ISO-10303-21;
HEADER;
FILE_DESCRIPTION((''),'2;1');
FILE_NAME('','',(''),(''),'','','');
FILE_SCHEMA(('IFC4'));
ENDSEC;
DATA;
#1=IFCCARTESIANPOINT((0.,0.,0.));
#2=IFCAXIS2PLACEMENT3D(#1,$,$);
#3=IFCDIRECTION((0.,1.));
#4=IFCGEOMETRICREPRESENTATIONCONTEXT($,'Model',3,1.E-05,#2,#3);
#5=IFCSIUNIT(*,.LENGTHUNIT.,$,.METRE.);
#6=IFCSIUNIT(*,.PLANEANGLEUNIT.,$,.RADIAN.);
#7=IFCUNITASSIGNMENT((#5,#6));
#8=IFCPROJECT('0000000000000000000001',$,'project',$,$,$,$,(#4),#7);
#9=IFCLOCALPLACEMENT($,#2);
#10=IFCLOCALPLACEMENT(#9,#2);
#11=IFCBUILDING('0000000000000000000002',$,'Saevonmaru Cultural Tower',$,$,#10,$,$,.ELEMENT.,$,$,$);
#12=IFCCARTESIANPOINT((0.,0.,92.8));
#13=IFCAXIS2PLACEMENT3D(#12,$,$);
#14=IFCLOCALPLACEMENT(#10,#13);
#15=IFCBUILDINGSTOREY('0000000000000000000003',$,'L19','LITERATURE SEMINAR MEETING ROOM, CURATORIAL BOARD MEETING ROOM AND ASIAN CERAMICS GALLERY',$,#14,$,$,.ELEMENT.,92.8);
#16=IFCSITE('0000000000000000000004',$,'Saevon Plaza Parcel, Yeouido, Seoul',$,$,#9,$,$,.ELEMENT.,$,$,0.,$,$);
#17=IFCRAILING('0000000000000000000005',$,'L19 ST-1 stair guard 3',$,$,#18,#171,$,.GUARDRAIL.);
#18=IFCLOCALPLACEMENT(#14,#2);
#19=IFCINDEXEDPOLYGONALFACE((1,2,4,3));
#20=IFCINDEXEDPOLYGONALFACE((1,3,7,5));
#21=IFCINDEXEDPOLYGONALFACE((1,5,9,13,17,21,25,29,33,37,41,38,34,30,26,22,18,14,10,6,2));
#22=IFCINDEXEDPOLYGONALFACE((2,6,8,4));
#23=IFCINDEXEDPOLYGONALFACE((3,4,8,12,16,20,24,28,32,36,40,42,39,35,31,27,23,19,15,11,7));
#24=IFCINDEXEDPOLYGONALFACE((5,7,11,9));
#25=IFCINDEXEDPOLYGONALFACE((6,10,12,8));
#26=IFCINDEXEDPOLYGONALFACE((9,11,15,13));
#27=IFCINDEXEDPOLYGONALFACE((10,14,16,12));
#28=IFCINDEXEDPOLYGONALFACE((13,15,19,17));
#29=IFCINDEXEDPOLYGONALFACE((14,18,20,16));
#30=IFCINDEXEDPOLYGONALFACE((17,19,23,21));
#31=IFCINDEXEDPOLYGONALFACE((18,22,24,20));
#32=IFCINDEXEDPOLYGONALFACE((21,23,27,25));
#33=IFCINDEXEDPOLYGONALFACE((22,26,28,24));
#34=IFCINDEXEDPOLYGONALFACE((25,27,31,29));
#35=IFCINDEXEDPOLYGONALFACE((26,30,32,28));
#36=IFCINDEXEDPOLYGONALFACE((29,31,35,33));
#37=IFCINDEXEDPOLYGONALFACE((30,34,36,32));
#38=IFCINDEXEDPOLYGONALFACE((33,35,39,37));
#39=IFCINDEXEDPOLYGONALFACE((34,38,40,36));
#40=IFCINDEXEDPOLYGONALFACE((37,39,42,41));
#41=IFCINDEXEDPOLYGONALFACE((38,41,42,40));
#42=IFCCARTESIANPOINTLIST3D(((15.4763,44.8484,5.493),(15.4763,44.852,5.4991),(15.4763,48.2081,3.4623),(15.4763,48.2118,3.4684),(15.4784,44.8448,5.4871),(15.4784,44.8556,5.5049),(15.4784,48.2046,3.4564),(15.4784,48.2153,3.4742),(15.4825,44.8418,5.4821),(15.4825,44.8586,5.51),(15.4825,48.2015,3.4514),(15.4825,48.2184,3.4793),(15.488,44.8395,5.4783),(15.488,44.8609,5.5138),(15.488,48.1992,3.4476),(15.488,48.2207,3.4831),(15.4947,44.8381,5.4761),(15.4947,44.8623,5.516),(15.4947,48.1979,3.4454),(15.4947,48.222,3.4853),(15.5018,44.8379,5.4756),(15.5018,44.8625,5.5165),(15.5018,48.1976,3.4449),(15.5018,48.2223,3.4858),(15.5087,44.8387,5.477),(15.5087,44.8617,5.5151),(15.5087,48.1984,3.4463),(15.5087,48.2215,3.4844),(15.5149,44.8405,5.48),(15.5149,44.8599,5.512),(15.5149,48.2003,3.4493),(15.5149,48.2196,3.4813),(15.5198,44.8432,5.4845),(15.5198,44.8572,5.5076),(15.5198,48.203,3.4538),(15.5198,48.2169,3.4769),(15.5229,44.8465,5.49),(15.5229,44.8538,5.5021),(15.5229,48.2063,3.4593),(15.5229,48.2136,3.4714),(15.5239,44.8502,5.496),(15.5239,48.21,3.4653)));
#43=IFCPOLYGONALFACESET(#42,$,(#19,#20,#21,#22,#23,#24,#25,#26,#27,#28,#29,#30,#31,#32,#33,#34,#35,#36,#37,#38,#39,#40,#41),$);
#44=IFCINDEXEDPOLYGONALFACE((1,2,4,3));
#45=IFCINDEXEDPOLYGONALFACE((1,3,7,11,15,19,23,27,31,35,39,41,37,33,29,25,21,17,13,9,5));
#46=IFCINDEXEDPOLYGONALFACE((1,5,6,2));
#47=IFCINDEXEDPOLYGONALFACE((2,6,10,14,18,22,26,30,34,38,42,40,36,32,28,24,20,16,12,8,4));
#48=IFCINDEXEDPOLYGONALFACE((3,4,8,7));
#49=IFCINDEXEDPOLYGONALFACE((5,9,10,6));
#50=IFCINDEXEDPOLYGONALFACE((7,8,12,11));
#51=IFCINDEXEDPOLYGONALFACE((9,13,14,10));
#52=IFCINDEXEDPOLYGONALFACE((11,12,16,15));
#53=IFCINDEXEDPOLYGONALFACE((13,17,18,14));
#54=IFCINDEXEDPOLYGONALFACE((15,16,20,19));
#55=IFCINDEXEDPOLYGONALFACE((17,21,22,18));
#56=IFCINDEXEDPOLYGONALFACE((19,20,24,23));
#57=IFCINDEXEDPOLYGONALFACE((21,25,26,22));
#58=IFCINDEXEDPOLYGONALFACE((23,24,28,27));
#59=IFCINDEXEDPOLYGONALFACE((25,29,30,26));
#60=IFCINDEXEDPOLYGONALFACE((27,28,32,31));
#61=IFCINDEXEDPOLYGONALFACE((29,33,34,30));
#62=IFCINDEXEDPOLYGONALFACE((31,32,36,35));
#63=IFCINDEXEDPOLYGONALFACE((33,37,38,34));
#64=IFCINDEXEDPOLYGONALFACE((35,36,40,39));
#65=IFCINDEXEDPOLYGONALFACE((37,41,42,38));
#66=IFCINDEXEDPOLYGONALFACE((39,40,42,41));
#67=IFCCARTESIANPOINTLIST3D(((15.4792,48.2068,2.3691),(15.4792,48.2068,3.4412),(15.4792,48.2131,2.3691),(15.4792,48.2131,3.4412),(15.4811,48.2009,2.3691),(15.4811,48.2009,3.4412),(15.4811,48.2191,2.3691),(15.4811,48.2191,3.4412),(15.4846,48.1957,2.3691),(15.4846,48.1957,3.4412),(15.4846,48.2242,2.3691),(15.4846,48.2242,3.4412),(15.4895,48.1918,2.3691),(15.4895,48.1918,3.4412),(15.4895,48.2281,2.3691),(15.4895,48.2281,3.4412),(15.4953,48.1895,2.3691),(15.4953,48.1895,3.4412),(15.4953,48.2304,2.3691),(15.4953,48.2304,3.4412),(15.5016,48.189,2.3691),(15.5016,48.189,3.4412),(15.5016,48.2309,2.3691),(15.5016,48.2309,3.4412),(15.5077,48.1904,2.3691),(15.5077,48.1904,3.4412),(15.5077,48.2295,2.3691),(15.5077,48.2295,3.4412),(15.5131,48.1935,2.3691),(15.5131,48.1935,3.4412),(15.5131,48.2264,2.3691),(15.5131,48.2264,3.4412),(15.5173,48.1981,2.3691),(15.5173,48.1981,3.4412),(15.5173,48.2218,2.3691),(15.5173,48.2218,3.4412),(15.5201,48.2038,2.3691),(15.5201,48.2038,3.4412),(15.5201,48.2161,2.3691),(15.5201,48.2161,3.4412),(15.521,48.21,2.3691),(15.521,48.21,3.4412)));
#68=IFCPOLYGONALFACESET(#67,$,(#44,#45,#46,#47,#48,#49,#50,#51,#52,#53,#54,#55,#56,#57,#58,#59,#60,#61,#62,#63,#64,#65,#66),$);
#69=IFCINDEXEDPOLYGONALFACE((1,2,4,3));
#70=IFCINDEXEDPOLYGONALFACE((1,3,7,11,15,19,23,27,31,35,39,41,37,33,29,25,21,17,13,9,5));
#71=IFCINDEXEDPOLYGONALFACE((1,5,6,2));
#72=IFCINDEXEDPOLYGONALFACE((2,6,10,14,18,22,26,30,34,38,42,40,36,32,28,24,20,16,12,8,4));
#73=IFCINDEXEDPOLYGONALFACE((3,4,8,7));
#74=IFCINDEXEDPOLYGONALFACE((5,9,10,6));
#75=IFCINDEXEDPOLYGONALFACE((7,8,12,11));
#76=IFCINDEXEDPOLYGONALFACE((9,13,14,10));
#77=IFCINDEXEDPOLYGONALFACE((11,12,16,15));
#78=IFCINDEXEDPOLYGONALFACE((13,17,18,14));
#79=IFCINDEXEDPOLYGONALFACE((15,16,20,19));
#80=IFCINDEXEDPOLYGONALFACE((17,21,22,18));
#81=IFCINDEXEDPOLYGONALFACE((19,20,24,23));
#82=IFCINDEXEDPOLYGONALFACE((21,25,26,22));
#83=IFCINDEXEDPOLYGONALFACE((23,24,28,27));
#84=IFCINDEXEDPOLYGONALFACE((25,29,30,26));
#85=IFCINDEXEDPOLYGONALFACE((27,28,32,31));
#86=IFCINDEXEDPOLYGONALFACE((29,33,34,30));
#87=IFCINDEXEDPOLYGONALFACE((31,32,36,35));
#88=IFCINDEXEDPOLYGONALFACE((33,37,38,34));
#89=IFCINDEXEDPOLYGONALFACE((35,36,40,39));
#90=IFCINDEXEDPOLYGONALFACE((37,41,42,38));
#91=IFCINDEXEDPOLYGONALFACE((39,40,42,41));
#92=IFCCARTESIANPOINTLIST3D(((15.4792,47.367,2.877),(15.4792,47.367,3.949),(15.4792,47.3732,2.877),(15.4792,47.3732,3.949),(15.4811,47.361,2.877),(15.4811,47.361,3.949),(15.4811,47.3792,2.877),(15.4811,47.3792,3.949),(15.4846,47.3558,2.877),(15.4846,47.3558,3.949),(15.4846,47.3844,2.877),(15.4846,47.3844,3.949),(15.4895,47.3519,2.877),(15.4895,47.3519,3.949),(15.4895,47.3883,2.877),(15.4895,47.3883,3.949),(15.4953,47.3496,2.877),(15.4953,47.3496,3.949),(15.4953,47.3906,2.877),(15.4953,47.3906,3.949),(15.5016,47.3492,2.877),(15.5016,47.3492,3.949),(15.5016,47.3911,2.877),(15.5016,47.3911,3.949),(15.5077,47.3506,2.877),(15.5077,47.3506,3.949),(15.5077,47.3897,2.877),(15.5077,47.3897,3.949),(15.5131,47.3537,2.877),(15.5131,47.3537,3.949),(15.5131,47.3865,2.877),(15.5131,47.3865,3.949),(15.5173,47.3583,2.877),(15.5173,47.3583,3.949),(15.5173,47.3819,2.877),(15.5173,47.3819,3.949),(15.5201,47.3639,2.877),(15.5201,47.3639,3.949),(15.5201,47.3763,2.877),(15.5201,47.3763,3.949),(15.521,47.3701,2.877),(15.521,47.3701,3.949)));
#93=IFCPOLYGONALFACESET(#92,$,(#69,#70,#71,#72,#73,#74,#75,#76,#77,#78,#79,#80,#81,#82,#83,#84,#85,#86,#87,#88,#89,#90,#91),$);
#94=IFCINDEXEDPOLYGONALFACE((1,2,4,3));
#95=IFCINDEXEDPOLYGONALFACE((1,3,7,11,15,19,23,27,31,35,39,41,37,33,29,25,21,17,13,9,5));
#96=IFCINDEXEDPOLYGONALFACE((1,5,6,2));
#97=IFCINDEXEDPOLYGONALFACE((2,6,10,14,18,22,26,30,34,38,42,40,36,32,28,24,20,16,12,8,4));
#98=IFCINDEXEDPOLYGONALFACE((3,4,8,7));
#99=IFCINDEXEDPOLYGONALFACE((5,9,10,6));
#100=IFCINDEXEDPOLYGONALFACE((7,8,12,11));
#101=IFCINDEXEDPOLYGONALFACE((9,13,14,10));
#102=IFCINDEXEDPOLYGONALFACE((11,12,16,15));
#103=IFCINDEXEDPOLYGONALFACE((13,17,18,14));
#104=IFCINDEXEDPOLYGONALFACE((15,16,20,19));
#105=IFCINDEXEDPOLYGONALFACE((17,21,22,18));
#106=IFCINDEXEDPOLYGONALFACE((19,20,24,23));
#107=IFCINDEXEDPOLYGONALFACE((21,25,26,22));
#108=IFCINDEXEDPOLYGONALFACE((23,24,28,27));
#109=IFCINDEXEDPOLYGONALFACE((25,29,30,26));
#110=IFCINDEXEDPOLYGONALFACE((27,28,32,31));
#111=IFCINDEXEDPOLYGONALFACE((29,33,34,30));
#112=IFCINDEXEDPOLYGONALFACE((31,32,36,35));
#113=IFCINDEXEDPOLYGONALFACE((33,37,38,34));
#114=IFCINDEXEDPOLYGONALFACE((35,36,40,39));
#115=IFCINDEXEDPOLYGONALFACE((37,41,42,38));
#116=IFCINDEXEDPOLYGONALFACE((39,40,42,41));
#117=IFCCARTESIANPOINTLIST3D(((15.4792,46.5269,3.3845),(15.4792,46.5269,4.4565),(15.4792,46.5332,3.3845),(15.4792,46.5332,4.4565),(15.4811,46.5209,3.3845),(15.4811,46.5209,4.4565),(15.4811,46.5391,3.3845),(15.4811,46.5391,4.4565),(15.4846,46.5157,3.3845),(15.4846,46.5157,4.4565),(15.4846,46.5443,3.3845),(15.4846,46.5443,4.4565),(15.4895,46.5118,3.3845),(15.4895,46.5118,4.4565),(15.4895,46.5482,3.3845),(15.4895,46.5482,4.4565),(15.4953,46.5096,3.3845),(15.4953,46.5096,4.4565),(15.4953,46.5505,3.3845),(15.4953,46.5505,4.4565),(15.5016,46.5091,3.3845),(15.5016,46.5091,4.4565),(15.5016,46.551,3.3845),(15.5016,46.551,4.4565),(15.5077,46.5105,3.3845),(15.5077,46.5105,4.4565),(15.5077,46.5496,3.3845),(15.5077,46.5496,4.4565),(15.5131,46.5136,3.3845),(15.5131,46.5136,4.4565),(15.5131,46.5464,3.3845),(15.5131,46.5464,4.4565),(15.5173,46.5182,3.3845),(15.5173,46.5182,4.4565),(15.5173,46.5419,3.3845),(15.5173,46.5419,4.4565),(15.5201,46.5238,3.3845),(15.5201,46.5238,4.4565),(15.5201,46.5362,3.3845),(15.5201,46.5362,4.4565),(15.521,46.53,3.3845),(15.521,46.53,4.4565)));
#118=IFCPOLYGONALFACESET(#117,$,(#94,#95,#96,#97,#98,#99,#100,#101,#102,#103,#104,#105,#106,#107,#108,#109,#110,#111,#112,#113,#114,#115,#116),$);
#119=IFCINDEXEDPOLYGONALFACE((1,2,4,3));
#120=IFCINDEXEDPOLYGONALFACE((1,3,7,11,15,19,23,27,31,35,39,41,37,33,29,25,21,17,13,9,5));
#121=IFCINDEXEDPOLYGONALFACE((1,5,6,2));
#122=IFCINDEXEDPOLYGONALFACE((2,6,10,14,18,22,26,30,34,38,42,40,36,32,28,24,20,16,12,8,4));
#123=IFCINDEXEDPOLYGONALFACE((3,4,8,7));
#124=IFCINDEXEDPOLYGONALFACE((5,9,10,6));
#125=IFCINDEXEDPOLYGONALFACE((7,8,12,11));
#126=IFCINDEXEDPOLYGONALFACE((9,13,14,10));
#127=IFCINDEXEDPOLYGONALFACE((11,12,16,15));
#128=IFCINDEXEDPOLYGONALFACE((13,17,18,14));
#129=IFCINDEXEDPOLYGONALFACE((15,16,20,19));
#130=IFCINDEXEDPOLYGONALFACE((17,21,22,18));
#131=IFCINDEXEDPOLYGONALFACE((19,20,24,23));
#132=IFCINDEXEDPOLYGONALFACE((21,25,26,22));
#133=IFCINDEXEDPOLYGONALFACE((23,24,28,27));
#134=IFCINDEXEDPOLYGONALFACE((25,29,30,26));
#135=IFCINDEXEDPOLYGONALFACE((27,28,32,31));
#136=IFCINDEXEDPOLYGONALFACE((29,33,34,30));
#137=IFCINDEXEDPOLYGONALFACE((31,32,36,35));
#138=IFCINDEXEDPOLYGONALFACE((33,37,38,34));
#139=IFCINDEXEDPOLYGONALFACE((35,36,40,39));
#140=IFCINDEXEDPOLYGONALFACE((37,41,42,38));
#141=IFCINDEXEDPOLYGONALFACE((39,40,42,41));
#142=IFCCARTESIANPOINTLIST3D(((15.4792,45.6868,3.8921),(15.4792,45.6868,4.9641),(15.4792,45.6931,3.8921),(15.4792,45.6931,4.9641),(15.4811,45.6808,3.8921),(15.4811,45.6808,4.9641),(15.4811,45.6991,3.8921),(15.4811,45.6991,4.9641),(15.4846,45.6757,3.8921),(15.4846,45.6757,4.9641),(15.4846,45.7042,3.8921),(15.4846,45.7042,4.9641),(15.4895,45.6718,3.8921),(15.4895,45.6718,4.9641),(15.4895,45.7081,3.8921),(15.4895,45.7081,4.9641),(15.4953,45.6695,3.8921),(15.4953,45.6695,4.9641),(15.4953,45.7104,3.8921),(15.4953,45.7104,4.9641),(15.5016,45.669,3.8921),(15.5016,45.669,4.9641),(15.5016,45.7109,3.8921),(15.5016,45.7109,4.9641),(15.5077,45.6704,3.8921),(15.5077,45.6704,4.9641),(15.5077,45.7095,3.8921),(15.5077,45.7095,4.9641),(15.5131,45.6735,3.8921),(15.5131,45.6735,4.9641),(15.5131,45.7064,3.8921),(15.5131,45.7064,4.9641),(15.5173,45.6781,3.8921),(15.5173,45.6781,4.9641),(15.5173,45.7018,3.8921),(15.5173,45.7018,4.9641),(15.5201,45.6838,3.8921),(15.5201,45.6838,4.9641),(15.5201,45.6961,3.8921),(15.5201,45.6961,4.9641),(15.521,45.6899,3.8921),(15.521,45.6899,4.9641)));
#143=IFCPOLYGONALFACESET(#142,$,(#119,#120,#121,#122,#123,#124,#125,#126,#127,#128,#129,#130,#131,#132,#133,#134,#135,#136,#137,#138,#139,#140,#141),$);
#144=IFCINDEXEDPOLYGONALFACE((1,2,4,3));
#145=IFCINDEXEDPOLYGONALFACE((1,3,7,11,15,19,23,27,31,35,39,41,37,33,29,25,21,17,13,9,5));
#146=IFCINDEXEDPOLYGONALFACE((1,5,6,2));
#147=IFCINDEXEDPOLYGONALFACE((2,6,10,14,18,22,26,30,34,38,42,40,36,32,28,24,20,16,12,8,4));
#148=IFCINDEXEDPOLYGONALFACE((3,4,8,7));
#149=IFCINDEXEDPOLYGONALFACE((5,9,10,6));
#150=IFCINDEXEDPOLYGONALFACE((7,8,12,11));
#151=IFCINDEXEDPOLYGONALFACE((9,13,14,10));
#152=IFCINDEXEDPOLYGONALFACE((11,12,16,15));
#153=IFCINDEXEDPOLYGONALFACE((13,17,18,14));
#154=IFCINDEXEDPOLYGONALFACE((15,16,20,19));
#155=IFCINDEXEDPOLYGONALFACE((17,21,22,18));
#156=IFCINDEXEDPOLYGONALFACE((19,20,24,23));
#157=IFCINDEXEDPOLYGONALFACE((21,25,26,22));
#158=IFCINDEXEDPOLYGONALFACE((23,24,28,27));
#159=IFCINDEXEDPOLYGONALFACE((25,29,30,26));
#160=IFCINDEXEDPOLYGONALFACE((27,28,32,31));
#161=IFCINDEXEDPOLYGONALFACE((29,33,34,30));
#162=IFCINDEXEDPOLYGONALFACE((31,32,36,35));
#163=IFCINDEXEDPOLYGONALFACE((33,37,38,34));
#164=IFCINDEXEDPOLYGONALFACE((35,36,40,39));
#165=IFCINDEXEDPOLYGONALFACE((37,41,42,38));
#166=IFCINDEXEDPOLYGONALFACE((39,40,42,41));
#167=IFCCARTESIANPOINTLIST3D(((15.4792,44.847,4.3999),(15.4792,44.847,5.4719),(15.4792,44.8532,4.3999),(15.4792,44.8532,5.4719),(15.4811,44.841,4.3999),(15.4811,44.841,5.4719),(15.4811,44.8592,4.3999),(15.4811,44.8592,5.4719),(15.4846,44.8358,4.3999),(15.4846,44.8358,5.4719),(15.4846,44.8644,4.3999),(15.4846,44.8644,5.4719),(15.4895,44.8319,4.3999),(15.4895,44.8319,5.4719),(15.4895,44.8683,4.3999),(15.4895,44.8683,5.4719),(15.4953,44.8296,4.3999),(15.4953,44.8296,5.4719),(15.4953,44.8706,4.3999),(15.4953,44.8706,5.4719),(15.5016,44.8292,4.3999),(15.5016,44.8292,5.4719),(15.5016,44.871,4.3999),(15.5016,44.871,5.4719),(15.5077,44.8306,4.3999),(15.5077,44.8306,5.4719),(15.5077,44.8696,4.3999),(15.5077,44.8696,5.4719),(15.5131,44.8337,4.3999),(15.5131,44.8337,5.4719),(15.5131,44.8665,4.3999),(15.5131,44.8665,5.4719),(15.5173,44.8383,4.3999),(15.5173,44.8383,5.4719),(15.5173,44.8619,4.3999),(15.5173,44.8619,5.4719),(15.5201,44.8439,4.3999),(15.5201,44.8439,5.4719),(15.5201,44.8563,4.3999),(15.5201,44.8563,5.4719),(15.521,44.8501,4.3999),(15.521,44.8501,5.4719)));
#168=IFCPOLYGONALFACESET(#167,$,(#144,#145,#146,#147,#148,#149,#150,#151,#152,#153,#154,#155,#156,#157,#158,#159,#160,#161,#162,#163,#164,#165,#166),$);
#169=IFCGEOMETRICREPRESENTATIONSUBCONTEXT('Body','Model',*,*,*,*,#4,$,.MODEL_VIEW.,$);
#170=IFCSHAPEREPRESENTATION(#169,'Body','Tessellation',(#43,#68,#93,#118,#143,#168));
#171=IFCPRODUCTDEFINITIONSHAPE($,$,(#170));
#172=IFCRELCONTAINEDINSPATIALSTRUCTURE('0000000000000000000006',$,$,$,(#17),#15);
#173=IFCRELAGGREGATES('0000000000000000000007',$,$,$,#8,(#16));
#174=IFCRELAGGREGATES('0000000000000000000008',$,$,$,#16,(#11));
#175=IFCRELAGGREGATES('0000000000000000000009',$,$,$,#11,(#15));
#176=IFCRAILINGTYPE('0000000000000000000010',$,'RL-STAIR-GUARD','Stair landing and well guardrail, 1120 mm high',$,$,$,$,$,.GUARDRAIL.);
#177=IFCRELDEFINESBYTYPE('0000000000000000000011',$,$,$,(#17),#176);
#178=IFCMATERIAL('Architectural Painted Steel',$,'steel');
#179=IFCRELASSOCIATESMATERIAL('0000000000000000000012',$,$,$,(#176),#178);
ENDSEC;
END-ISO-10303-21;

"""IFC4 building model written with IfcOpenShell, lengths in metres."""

from ifc_helpers import new_model, si_unit, direction, frame, origin, origin_2d, place, context, subcontext, project, spatial, circle, extrude, material, type_object, element, save


model = new_model("IFC4")

# Units and contexts
model_context = context("Model", 3, precision=1e-05, world=origin(), true_north=direction((0.0, 1.0)))
body_context = subcontext(model_context, "Body", "Model", "MODEL_VIEW")
ifc_project = project(units=[si_unit("LENGTHUNIT", "METRE"), si_unit("PLANEANGLEUNIT", "RADIAN")], contexts=[model_context])

# Site, building, storey
site_placement = place(None, origin())
site = spatial("IfcSite", under=ifc_project, at=site_placement, Name="Saevon Plaza Parcel, Yeouido, Seoul", CompositionType="ELEMENT", RefElevation=0.0)
building_placement = place(site_placement, origin())
building = spatial("IfcBuilding", under=site, at=building_placement, Name="Saevonmaru Cultural Tower", CompositionType="ELEMENT")
storey_placement = place(building_placement, frame((0.0, 0.0, 92.8)))
storey = spatial("IfcBuildingStorey", under=building, at=storey_placement, Name="L19", Description="LITERATURE SEMINAR MEETING ROOM, CURATORIAL BOARD MEETING ROOM AND ASIAN CERAMICS GALLERY", CompositionType="ELEMENT", Elevation=92.8)

# Railing
ifc_material_1 = material(Name="Architectural Painted Steel", Category="steel")
railing_type = type_object("IfcRailingType", Name="RL-STAIR-GUARD", Description="Stair landing and well guardrail, 1120 mm high", PredefinedType="GUARDRAIL", material=ifc_material_1)
railing_1_placement = place(storey_placement, frame((15.5, 48.21, 2.3691)))
element("IfcRailing", 1, at=railing_1_placement, inside=storey, type_object=railing_type, Name="L19 ST-1 stair guard 3", PredefinedType="GUARDRAIL", context=body_context, shape_type="SweptSolid", body=[
    extrude(circle(Radius=0.0239, at=origin_2d()), frame((0.0, 0.0, 1.0962), z_axis=(0.0, -0.85582, 0.517273), x_axis=(1.0, 0.0, 0.0)), (0.0, 0.0, 1.0), 3.9258),
    extrude(circle(Radius=0.021, at=origin_2d()), origin(), (0.0, 0.0, 1.0), 1.072),
    extrude(circle(Radius=0.021, at=origin_2d()), frame((0.0, -0.8398, 0.5078)), (0.0, 0.0, 1.0), 1.072),
    extrude(circle(Radius=0.021, at=origin_2d()), frame((0.0, -1.6799, 1.0154)), (0.0, 0.0, 1.0), 1.072),
    extrude(circle(Radius=0.021, at=origin_2d()), frame((0.0, -2.52, 1.5229)), (0.0, 0.0, 1.0), 1.072),
    extrude(circle(Radius=0.021, at=origin_2d()), frame((0.0, -3.3599, 2.0308)), (0.0, 0.0, 1.0), 1.072),
])

save(model, "model.ifc")
